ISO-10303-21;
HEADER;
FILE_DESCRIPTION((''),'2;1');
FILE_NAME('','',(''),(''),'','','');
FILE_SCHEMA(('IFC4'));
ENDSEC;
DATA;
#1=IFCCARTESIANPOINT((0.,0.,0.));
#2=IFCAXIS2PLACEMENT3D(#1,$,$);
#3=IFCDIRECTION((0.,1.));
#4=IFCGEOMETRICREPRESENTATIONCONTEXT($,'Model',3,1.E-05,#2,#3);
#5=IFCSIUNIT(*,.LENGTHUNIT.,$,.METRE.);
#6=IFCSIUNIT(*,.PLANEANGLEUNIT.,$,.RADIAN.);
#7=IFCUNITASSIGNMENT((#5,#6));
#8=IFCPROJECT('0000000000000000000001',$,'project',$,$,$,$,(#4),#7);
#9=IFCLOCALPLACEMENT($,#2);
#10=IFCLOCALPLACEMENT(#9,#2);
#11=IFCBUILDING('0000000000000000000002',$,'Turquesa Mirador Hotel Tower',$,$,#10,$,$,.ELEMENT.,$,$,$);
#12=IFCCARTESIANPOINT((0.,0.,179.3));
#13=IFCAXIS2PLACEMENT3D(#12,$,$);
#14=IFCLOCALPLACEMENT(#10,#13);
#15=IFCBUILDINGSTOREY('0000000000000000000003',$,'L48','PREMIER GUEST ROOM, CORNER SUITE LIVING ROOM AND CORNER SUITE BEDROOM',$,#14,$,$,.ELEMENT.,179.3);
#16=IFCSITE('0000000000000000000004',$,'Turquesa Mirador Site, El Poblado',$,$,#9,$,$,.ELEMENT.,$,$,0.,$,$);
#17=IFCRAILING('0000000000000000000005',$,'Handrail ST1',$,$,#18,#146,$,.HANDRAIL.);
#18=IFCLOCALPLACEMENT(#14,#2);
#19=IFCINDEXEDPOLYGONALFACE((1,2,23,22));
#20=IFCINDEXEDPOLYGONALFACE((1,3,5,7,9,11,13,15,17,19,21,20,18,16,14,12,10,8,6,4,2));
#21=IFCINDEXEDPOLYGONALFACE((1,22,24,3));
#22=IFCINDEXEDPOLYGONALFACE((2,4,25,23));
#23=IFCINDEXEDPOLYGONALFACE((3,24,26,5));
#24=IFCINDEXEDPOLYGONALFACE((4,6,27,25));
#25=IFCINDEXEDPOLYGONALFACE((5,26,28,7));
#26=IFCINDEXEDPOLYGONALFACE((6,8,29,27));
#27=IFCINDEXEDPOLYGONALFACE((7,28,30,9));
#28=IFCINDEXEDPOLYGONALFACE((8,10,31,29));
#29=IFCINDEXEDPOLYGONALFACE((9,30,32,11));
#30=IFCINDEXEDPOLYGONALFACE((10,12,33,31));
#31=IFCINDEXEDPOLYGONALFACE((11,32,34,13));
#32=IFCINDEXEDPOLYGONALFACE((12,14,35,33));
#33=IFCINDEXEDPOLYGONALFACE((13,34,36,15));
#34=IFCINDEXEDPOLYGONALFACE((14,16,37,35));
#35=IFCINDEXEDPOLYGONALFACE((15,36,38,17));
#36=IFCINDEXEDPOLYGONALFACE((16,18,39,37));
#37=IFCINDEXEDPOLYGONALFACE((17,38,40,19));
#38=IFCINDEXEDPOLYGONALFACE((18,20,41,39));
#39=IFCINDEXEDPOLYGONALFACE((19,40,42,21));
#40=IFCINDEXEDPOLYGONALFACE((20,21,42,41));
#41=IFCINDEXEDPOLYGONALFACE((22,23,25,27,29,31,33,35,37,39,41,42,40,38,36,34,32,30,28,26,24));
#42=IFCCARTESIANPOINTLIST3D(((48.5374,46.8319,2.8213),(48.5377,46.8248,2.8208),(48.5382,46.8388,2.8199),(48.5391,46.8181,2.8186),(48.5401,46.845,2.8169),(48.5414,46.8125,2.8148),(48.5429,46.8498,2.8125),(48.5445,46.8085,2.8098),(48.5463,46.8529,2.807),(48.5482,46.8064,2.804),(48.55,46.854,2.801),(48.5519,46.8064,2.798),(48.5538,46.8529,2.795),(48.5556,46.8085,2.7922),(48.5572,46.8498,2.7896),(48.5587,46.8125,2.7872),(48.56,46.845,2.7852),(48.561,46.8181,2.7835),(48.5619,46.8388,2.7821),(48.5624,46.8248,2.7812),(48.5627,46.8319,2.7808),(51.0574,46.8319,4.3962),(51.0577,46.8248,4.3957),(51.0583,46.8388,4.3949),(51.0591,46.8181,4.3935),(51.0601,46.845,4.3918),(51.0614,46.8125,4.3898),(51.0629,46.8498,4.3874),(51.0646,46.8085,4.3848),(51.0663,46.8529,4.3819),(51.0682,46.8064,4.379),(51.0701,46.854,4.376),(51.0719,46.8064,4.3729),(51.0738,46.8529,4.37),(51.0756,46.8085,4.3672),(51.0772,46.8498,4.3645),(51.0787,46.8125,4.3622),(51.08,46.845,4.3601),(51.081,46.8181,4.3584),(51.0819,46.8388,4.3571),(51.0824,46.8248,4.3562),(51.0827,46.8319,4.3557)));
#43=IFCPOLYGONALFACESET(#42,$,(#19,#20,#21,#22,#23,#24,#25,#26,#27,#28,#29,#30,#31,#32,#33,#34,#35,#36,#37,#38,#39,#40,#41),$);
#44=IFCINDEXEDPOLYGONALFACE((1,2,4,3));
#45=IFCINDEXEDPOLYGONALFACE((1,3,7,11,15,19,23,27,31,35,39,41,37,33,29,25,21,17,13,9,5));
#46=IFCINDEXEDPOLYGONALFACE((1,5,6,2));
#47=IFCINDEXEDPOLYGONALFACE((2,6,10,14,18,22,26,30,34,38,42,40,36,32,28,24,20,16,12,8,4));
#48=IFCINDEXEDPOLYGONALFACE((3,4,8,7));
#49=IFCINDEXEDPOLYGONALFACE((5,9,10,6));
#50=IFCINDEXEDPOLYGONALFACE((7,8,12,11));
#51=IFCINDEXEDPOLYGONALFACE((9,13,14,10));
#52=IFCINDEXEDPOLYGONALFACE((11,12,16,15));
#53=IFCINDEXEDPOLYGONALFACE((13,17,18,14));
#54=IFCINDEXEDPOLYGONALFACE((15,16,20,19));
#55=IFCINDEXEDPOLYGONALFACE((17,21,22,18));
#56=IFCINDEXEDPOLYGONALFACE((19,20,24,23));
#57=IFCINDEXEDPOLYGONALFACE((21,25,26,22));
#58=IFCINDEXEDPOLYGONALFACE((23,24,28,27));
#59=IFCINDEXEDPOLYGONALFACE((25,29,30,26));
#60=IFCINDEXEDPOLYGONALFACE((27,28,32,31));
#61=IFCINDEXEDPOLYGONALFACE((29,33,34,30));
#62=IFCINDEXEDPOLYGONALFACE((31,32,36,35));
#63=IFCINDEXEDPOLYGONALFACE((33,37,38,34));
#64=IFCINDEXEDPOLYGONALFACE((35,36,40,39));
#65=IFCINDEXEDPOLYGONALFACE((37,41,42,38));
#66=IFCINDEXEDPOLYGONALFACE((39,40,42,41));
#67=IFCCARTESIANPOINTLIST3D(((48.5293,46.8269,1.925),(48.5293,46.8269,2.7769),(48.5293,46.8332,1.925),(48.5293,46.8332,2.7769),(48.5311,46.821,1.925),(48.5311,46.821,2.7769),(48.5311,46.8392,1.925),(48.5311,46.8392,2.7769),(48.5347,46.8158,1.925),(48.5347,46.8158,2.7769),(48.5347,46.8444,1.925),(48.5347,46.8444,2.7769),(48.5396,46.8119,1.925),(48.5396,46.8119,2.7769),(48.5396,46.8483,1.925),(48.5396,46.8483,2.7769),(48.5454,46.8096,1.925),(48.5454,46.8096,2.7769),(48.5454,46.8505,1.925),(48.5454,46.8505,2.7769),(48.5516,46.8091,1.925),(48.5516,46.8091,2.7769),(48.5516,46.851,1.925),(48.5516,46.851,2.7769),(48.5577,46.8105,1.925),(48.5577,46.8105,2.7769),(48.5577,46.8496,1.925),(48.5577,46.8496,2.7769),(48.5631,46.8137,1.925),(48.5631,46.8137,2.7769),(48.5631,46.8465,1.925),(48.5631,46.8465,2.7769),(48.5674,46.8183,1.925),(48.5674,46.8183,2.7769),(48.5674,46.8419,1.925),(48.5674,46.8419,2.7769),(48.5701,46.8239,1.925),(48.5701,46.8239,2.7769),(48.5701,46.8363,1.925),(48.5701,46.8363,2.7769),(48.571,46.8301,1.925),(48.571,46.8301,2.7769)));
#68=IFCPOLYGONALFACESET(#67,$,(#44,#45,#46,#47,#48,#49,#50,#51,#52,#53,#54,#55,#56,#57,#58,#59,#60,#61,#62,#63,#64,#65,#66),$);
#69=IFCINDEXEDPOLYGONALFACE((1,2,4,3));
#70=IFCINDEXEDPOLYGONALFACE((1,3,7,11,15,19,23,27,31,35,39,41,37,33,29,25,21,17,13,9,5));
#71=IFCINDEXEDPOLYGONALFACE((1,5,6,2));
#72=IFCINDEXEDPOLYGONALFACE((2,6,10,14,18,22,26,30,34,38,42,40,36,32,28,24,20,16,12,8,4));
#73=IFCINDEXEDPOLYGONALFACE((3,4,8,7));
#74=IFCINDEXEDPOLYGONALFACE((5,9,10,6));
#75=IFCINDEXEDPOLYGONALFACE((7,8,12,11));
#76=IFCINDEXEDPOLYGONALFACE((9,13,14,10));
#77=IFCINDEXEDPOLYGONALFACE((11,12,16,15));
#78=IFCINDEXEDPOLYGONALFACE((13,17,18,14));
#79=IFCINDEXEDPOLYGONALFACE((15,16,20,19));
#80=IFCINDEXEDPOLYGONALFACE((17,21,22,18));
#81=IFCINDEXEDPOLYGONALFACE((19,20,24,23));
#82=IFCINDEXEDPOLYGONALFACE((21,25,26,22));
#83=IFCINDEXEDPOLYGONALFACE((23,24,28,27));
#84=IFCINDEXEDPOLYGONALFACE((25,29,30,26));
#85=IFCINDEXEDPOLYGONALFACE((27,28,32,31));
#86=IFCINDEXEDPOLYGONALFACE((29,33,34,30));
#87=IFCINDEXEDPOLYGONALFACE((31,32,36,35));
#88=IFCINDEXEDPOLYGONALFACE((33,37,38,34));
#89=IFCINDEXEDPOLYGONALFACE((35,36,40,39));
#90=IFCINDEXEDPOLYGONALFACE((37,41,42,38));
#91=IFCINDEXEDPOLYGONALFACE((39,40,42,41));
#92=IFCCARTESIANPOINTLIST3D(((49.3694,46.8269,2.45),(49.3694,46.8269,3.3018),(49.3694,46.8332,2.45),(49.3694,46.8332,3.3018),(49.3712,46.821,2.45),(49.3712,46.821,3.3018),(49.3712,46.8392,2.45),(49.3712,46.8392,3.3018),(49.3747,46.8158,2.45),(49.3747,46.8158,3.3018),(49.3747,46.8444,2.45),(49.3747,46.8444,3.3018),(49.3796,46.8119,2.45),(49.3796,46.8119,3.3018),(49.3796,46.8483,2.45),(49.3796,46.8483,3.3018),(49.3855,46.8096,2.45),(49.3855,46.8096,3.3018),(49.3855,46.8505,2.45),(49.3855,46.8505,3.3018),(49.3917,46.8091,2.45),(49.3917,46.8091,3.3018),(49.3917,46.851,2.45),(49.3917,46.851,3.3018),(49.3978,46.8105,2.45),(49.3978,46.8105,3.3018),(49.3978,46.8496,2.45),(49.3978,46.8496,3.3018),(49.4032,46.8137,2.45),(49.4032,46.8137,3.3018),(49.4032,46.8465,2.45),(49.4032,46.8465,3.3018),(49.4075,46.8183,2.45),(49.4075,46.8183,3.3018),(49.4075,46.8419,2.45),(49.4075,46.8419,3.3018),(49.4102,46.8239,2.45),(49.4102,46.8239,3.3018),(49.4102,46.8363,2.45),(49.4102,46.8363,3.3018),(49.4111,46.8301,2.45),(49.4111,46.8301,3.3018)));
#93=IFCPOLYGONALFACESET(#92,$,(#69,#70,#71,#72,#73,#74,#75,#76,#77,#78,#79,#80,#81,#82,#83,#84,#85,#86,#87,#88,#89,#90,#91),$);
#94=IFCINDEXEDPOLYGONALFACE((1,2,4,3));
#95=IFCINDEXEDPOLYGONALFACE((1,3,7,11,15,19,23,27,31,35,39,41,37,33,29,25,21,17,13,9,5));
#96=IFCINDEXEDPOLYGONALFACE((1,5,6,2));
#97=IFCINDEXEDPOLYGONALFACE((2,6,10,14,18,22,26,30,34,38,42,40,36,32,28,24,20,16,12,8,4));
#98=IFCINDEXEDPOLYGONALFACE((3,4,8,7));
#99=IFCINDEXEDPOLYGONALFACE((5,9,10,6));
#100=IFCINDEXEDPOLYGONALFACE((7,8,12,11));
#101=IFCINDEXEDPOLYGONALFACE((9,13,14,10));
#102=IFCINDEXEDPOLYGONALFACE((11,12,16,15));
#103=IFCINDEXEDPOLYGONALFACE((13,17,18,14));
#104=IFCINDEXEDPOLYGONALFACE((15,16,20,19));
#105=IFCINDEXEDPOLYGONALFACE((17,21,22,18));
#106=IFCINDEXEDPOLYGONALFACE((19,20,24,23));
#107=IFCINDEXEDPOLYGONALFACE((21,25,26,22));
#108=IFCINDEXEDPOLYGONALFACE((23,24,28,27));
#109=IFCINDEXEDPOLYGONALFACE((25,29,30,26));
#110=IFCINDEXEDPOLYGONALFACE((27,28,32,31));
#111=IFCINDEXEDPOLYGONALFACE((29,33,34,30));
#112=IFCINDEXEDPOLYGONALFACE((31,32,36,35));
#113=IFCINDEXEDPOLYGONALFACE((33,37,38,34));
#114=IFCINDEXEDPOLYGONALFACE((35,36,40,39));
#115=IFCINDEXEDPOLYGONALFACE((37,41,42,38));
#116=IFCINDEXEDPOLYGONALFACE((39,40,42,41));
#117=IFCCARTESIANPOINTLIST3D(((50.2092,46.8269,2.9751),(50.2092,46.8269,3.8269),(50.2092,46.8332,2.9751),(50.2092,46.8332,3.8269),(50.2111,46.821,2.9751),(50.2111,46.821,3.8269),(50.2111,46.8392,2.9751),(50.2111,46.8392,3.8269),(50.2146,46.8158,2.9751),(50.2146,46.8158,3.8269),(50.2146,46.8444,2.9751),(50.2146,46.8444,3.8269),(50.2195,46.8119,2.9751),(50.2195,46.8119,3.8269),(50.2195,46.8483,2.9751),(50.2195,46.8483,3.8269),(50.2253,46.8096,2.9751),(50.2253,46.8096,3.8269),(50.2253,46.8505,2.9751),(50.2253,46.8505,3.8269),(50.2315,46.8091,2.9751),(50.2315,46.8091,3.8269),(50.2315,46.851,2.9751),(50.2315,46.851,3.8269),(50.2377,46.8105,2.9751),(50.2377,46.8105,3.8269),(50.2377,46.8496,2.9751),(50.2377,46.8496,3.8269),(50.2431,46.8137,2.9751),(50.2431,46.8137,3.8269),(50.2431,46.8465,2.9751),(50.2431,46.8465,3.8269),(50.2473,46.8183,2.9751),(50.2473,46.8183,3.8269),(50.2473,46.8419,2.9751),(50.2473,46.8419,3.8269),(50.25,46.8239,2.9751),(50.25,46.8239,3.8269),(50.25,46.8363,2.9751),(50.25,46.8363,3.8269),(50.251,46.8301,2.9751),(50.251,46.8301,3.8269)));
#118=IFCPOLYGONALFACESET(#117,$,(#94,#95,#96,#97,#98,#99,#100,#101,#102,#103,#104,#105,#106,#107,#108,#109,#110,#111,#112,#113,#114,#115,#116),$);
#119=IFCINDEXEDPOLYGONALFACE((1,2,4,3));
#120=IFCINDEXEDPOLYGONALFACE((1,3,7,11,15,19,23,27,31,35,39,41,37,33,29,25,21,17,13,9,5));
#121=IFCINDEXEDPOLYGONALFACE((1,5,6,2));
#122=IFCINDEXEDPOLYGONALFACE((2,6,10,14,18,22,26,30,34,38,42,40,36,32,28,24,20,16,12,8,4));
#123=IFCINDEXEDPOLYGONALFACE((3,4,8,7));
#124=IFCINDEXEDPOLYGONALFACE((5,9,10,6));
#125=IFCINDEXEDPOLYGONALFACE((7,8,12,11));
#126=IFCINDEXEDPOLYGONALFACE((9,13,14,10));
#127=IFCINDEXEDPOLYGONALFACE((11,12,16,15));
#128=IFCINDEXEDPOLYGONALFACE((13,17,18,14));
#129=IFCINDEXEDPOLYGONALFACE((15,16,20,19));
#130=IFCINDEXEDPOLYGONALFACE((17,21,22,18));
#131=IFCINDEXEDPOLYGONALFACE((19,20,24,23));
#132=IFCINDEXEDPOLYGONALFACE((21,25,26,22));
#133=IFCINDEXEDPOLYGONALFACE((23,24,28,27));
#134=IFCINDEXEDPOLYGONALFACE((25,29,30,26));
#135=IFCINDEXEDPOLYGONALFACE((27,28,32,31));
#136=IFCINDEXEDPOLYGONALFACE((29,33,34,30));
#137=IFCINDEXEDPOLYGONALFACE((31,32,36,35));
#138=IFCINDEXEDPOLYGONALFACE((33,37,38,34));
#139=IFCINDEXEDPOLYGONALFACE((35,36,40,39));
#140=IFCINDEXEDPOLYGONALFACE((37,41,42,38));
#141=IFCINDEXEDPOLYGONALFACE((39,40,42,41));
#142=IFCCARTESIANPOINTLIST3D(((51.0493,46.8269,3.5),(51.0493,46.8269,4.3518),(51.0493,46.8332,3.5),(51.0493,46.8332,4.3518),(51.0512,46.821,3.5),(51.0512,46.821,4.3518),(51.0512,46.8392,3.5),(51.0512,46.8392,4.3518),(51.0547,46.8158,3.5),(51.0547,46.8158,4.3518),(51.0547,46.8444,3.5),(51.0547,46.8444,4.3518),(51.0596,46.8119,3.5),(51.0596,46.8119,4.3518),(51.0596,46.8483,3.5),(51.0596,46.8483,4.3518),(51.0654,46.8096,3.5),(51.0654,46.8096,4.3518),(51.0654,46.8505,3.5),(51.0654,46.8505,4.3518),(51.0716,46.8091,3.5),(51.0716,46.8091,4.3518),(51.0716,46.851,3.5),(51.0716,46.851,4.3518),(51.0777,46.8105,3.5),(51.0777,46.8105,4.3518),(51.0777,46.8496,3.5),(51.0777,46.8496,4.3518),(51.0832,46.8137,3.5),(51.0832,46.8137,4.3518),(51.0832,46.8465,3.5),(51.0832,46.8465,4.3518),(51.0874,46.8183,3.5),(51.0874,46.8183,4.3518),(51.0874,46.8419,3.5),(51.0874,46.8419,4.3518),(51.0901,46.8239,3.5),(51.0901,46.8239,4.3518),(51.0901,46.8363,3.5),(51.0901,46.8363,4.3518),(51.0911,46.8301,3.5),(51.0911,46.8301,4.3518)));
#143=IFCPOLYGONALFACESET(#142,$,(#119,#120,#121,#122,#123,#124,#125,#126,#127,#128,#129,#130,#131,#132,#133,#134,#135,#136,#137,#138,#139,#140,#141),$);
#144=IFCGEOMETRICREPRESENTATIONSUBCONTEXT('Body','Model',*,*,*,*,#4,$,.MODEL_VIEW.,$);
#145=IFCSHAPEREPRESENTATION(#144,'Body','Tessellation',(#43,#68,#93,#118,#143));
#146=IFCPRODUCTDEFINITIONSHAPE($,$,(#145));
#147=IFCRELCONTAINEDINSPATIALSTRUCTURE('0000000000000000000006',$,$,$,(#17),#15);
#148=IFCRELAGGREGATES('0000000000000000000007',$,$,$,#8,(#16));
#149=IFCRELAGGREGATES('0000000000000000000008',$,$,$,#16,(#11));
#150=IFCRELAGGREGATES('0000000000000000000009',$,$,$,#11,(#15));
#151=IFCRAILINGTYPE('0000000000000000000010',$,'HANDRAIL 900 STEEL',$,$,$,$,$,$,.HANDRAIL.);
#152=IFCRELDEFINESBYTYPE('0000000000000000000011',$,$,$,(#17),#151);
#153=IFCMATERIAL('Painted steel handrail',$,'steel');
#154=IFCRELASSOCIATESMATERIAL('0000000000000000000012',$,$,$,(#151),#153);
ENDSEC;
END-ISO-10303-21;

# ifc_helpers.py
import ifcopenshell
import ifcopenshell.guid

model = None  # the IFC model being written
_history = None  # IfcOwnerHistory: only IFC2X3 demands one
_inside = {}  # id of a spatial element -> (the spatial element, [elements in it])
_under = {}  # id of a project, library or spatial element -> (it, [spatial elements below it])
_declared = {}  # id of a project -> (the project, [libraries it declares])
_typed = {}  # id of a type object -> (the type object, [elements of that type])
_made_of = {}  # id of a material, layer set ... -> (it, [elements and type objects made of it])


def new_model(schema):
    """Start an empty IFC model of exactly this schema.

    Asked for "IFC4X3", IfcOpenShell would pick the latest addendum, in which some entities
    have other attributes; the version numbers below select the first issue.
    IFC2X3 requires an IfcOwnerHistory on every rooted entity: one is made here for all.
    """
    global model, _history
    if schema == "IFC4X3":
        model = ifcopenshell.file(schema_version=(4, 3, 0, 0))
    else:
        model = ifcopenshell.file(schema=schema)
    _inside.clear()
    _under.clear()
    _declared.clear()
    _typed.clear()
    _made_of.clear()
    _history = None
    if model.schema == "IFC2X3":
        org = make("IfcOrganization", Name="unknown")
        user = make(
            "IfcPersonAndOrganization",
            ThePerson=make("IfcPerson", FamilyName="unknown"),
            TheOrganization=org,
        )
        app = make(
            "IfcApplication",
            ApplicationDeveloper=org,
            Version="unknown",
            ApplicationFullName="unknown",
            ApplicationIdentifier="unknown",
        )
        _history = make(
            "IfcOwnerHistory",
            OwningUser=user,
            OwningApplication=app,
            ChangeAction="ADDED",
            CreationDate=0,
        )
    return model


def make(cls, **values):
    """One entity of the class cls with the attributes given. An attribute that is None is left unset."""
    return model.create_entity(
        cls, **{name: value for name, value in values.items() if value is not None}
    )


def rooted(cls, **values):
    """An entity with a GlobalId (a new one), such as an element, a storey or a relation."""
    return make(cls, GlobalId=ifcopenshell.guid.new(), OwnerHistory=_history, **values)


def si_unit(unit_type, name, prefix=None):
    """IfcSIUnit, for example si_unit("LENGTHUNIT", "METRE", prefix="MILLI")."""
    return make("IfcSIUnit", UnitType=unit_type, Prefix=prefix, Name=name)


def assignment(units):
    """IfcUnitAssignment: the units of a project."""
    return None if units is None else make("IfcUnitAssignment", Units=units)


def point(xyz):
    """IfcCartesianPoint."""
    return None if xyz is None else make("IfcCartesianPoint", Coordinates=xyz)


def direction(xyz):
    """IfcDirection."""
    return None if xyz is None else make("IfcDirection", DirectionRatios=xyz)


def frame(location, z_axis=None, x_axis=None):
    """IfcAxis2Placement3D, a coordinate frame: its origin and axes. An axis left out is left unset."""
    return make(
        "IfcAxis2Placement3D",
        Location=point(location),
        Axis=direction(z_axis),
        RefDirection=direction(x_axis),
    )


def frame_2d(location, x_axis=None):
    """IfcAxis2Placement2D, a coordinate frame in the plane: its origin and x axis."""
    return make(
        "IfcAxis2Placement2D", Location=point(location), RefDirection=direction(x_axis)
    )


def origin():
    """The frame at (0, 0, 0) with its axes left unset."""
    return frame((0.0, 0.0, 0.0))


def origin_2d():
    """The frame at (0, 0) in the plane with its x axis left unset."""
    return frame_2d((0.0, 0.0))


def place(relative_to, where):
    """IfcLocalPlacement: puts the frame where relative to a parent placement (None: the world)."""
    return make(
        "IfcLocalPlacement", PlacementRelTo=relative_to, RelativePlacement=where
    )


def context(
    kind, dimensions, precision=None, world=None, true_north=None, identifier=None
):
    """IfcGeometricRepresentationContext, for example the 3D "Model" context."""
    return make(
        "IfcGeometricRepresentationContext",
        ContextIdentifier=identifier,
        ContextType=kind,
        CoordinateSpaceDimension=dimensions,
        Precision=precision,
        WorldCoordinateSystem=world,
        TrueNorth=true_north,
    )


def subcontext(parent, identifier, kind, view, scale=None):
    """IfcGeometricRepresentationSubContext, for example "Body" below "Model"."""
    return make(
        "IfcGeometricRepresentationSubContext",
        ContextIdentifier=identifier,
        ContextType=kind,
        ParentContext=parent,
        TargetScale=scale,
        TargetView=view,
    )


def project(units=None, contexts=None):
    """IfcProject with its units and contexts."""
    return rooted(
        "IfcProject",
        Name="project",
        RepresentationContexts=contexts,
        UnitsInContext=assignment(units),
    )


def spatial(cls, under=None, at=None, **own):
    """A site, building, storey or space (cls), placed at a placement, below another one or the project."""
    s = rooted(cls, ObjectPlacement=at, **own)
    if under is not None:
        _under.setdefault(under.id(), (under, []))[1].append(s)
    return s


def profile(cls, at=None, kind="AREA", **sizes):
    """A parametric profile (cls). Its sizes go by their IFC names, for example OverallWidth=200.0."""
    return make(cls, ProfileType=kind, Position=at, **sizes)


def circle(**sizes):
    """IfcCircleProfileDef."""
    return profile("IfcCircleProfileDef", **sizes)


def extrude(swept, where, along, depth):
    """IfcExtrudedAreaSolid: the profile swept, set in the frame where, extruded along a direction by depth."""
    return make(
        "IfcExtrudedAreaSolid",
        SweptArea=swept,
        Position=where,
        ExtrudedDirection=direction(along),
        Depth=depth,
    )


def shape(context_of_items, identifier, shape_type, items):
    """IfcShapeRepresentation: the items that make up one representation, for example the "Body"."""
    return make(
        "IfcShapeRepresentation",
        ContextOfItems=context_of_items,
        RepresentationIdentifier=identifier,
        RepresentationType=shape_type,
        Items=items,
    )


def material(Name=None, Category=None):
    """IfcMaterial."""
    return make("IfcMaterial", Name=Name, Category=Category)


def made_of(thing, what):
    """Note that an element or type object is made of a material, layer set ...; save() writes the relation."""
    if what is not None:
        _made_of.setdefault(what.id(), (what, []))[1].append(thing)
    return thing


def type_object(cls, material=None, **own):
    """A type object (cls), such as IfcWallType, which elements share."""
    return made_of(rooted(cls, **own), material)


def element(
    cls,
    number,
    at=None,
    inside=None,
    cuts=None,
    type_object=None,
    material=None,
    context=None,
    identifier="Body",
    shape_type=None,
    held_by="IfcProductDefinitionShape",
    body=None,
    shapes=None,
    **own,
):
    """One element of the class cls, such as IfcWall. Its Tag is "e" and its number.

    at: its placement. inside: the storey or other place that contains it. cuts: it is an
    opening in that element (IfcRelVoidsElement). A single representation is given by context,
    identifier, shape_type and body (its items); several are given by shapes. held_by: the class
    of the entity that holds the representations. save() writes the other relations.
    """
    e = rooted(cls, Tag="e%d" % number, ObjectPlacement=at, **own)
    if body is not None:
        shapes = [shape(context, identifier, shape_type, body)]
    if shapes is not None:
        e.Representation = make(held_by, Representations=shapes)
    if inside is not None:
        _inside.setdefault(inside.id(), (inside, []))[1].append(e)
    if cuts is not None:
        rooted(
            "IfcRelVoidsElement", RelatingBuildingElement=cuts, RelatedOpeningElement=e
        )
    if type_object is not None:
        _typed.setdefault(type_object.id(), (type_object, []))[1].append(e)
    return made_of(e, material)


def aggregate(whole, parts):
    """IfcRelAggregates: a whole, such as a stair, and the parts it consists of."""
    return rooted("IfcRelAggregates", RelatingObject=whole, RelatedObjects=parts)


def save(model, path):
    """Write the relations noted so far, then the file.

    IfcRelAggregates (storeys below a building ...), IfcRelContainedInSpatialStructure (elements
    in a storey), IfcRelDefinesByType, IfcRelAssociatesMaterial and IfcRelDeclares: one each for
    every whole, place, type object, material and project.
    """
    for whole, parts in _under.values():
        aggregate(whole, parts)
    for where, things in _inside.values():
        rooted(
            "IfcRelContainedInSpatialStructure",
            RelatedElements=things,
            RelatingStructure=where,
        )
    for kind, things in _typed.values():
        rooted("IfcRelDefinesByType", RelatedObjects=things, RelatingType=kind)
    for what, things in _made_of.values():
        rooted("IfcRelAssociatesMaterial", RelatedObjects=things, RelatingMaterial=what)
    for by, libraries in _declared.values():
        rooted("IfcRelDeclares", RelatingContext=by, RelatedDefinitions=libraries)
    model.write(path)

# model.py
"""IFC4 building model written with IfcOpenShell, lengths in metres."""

from ifc_helpers import new_model, si_unit, direction, frame, origin, origin_2d, place, context, subcontext, project, spatial, circle, extrude, material, type_object, element, save


model = new_model("IFC4")

# Units and contexts
model_context = context("Model", 3, precision=1e-05, world=origin(), true_north=direction((0.0, 1.0)))
body_context = subcontext(model_context, "Body", "Model", "MODEL_VIEW")
ifc_project = project(units=[si_unit("LENGTHUNIT", "METRE"), si_unit("PLANEANGLEUNIT", "RADIAN")], contexts=[model_context])

# Site, building, storey
site_placement = place(None, origin())
site = spatial("IfcSite", under=ifc_project, at=site_placement, Name="Turquesa Mirador Site, El Poblado", CompositionType="ELEMENT", RefElevation=0.0)
building_placement = place(site_placement, origin())
building = spatial("IfcBuilding", under=site, at=building_placement, Name="Turquesa Mirador Hotel Tower", CompositionType="ELEMENT")
storey_placement = place(building_placement, frame((0.0, 0.0, 179.3)))
storey = spatial("IfcBuildingStorey", under=building, at=storey_placement, Name="L48", Description="PREMIER GUEST ROOM, CORNER SUITE LIVING ROOM AND CORNER SUITE BEDROOM", CompositionType="ELEMENT", Elevation=179.3)

# Railing
ifc_material_1 = material(Name="Painted steel handrail", Category="steel")
railing_type = type_object("IfcRailingType", Name="HANDRAIL 900 STEEL", PredefinedType="HANDRAIL", material=ifc_material_1)
for number, where, name in (
    (1, (48.55, 46.8301, 1.925), "Handrail ST1"),
):
    element("IfcRailing", number, at=place(storey_placement, frame(where)), inside=storey, type_object=railing_type, Name=name, PredefinedType="HANDRAIL", context=body_context, shape_type="SweptSolid", body=[
        extrude(circle(Radius=0.0239, at=origin_2d()), frame((0.0, 0.0, 0.876), z_axis=(0.848008, 0.0, 0.529984), x_axis=(0.0, 1.0, 0.0)), (0.0, 0.0, 1.0), 2.9717),
        extrude(circle(Radius=0.021, at=origin_2d()), origin(), (0.0, 0.0, 1.0), 0.8518),
        extrude(circle(Radius=0.021, at=origin_2d()), frame((0.8401, 0.0, 0.5249)), (0.0, 0.0, 1.0), 0.8518),
        extrude(circle(Radius=0.021, at=origin_2d()), frame((1.6799, 0.0, 1.05)), (0.0, 0.0, 1.0), 0.8518),
        extrude(circle(Radius=0.021, at=origin_2d()), frame((2.52, 0.0, 1.575)), (0.0, 0.0, 1.0), 0.8518),
    ])

save(model, "model.ifc")
